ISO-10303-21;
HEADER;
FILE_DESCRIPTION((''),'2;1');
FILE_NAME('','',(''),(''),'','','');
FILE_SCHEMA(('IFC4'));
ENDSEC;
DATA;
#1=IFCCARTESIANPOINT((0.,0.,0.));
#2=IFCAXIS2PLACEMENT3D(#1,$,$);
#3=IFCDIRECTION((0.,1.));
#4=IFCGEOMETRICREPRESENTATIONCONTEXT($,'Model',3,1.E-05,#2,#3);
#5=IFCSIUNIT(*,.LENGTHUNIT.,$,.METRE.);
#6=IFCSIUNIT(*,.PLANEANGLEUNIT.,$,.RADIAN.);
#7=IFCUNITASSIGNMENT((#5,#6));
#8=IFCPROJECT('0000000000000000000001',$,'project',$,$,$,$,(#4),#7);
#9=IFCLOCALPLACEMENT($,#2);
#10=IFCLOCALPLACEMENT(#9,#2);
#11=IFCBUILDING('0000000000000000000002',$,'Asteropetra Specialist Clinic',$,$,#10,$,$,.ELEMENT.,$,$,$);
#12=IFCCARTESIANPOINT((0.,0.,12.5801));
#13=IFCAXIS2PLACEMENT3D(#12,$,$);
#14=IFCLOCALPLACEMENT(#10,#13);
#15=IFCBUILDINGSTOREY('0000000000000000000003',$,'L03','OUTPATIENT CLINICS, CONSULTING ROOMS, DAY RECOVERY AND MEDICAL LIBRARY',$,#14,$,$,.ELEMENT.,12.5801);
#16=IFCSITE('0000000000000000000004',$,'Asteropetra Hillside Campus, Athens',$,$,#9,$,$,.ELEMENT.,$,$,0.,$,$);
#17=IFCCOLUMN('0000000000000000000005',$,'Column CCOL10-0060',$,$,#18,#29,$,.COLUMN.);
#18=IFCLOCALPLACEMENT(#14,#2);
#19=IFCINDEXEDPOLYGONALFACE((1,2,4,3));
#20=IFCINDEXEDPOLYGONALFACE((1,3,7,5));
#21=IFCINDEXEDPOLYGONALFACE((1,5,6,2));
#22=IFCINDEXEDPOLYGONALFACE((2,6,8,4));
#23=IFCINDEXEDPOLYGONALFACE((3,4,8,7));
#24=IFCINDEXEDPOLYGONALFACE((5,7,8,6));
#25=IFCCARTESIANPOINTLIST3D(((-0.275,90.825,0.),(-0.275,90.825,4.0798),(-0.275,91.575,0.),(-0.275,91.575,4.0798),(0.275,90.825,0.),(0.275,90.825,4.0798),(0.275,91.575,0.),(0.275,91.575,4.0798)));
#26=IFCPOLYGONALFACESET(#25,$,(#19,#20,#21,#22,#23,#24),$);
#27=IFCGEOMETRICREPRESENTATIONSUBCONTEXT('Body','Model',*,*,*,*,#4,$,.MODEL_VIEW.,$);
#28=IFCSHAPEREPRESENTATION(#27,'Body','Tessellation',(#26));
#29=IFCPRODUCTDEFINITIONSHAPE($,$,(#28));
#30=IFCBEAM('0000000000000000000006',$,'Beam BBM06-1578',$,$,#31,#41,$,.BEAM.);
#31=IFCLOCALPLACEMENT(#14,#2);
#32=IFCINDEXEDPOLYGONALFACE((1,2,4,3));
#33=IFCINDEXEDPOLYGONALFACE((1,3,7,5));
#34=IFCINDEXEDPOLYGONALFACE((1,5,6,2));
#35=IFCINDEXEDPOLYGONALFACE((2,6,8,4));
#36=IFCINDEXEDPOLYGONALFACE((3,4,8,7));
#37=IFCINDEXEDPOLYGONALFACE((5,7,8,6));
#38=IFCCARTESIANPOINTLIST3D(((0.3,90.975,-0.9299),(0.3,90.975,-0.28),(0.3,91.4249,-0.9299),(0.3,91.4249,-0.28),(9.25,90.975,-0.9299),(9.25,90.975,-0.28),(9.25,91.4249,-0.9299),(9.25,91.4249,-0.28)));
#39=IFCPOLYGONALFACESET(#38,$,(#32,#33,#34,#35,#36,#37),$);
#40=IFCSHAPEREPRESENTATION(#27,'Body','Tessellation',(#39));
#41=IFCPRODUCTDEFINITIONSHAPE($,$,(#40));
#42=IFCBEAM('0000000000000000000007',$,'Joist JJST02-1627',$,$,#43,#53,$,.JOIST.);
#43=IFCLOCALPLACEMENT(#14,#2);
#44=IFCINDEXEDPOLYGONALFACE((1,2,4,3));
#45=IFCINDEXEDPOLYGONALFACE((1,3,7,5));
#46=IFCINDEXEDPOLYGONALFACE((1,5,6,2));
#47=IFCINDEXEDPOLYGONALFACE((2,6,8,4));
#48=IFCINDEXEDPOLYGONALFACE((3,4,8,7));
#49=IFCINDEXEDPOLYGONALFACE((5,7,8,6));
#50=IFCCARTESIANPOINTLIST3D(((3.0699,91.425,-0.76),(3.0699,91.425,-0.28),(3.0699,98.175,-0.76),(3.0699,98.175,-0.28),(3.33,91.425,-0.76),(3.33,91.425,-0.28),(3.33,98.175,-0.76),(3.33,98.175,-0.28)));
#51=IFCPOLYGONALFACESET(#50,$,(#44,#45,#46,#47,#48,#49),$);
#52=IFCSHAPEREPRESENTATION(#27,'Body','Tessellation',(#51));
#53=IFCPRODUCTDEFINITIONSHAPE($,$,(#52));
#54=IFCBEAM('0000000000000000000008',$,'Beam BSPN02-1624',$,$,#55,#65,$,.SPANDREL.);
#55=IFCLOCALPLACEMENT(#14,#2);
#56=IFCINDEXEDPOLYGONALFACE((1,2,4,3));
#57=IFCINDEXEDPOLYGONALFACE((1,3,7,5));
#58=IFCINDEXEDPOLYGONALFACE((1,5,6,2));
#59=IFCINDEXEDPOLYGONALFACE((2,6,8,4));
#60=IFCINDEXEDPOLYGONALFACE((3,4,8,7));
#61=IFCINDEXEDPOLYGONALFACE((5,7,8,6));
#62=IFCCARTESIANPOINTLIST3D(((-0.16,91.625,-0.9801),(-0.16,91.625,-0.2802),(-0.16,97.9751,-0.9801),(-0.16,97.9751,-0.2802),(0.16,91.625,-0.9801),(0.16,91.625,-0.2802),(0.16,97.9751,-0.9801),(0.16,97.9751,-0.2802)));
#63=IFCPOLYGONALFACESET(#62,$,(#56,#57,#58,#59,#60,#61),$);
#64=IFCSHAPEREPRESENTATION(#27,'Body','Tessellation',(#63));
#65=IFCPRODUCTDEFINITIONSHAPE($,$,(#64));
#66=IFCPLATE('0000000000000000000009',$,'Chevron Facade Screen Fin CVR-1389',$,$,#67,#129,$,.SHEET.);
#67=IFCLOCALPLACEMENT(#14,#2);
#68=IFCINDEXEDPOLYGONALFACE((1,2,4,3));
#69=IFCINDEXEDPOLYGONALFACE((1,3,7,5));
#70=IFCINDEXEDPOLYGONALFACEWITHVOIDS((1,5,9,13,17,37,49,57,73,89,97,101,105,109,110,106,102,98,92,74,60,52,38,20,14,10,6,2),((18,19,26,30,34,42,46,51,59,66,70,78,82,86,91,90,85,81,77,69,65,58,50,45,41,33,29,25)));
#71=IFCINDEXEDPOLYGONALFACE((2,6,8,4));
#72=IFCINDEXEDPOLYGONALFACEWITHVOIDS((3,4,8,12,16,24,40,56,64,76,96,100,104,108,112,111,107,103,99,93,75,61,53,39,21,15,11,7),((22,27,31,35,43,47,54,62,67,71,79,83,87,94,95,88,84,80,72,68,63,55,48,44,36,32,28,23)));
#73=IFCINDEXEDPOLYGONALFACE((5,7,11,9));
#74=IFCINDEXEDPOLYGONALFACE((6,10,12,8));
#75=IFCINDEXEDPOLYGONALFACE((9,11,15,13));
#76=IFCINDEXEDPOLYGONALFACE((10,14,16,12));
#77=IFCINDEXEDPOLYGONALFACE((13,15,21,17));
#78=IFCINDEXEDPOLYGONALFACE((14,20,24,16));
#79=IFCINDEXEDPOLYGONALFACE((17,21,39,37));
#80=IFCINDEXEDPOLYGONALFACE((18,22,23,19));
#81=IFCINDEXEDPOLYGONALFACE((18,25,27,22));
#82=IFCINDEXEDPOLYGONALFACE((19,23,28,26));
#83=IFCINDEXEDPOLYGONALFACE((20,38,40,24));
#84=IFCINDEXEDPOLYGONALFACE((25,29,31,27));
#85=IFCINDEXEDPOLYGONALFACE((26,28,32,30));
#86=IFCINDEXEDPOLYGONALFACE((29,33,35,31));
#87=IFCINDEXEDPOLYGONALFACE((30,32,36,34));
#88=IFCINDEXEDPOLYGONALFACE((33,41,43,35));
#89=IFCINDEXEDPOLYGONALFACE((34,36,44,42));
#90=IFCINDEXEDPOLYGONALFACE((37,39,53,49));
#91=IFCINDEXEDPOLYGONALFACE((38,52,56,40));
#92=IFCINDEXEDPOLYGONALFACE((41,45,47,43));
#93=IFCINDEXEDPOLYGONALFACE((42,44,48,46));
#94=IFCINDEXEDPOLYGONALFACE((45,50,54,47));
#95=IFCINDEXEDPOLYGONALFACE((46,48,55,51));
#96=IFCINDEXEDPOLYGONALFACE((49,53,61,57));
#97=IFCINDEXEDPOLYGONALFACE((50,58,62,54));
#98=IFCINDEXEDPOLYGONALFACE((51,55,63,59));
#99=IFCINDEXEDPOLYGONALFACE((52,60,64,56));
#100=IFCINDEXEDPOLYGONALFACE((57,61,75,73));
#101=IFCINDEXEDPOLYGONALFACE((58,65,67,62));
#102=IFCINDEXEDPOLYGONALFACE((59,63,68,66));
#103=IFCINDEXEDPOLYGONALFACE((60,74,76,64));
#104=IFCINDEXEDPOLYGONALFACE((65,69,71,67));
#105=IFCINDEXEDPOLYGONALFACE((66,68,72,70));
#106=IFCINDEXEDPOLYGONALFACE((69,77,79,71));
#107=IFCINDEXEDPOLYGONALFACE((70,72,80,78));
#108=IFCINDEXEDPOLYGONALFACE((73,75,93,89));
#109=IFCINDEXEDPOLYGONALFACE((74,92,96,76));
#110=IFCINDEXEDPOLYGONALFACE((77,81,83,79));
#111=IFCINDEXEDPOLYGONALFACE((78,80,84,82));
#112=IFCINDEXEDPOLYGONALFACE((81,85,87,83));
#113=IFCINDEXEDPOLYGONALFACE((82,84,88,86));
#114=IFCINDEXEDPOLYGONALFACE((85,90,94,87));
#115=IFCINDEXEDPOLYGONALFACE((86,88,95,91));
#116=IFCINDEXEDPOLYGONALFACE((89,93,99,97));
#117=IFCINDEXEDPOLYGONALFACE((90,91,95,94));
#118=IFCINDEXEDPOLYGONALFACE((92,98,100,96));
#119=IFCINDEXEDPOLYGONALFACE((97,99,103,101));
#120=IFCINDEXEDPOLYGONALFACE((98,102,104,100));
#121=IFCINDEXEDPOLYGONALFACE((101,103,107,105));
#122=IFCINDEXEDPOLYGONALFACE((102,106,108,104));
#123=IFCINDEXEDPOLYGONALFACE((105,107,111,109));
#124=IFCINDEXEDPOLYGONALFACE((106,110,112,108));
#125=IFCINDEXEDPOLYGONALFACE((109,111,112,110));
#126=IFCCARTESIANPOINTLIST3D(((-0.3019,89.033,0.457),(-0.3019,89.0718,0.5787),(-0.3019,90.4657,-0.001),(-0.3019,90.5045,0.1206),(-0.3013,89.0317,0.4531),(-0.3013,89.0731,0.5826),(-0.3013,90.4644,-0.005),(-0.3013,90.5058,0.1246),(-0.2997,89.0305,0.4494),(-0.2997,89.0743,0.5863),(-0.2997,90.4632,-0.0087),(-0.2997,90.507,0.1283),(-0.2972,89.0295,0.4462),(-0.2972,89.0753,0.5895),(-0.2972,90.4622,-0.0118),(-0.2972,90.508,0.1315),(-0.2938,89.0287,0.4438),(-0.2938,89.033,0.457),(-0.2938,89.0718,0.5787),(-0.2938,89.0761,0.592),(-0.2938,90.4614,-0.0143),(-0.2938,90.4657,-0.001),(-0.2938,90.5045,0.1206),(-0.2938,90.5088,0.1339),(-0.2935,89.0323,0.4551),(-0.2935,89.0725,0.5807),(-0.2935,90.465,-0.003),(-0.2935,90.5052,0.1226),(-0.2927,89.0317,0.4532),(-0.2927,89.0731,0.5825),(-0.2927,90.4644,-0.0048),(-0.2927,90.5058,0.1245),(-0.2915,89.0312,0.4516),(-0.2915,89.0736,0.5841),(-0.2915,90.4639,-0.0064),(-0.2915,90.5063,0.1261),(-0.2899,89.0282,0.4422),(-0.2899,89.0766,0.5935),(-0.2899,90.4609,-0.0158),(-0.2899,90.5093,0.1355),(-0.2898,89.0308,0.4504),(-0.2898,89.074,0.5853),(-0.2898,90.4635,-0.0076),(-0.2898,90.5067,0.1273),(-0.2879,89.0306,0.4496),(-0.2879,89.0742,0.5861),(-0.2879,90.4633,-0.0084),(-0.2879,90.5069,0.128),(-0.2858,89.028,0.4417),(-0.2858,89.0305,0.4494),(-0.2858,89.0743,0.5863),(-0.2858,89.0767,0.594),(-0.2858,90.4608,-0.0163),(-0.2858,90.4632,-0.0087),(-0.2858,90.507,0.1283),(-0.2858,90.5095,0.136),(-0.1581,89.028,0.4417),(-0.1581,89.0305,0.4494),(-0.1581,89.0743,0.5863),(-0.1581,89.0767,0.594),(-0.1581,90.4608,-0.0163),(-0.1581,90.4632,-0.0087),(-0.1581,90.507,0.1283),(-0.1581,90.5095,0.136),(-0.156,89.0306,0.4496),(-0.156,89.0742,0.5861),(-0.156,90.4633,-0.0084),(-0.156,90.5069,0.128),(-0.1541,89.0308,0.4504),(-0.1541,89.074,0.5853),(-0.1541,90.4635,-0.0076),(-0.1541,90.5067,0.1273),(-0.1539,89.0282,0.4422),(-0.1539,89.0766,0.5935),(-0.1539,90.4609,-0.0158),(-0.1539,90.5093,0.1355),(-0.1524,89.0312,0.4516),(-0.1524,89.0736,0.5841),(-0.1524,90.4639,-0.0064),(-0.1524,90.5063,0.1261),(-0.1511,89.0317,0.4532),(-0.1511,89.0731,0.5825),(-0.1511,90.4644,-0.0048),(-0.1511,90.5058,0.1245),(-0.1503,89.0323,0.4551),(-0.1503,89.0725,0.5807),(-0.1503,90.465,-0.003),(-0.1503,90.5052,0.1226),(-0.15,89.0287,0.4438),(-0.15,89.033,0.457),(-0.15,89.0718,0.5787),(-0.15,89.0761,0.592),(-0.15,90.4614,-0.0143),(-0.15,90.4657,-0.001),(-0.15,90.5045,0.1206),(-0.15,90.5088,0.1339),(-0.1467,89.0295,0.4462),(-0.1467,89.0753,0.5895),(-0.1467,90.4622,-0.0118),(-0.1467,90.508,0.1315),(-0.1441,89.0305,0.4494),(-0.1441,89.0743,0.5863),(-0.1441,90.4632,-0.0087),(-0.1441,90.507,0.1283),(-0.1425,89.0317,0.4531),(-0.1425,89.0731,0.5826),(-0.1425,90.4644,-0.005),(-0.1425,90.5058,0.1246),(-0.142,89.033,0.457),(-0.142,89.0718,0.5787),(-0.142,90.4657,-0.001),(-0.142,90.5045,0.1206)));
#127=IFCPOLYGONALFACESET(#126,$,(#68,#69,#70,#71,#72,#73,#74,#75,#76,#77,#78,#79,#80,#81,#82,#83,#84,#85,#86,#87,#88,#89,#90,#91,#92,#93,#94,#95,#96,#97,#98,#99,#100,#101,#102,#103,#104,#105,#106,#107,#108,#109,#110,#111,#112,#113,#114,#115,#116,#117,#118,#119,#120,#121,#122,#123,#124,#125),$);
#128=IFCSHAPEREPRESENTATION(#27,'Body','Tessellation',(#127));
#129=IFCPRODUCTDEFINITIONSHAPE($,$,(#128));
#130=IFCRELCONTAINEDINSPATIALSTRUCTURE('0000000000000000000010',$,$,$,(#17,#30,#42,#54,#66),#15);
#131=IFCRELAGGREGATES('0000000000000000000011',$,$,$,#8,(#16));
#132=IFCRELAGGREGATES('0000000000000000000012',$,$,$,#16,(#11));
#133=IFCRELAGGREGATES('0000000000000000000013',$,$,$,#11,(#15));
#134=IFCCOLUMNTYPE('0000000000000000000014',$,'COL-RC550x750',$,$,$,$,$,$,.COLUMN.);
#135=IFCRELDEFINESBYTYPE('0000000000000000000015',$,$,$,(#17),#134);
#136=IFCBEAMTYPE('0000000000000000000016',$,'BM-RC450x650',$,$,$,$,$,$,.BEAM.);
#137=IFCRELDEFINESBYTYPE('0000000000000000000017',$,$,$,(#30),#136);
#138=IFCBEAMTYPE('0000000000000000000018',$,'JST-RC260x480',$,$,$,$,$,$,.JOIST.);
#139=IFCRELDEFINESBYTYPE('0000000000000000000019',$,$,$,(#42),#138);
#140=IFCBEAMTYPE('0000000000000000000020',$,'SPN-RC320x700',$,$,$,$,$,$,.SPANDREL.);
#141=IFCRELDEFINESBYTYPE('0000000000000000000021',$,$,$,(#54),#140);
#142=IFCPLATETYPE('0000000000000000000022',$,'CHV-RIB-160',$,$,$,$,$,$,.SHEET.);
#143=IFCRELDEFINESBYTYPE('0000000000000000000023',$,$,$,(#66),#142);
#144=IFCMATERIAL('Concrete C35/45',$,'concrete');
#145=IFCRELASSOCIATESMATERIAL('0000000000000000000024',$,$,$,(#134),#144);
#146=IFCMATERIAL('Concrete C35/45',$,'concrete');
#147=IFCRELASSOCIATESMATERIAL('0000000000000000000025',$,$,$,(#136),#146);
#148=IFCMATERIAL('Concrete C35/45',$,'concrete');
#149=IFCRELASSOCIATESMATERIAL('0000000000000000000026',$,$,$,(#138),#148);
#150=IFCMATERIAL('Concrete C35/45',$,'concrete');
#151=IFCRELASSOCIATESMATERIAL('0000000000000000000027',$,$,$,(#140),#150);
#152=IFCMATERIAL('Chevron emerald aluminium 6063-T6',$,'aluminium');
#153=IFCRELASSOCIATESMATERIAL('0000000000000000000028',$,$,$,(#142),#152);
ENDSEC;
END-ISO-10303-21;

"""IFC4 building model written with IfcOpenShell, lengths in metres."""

from ifc_helpers import new_model, si_unit, direction, frame, origin, origin_2d, place, context, subcontext, project, spatial, rectangle, hollow_rectangle, extrude, material, material_profile, profile_set, type_object, element, save


model = new_model("IFC4")

# Units and contexts
model_context = context("Model", 3, precision=1e-05, world=origin(), true_north=direction((0.0, 1.0)))
body_context = subcontext(model_context, "Body", "Model", "MODEL_VIEW")
ifc_project = project(units=[si_unit("LENGTHUNIT", "METRE"), si_unit("PLANEANGLEUNIT", "RADIAN")], contexts=[model_context])

# Site, building, storey
site_placement = place(None, origin())
site = spatial("IfcSite", under=ifc_project, at=site_placement, Name="Asteropetra Hillside Campus, Athens", CompositionType="ELEMENT", RefElevation=0.0)
building_placement = place(site_placement, origin())
building = spatial("IfcBuilding", under=site, at=building_placement, Name="Asteropetra Specialist Clinic", CompositionType="ELEMENT")
storey_placement = place(building_placement, frame((0.0, 0.0, 12.5801)))
storey = spatial("IfcBuildingStorey", under=building, at=storey_placement, Name="L03", Description="OUTPATIENT CLINICS, CONSULTING ROOMS, DAY RECOVERY AND MEDICAL LIBRARY", CompositionType="ELEMENT", Elevation=12.5801)

# Column
ifc_material_1 = material(Name="Concrete C35/45", Category="concrete")
ifc_material_profile_1 = material_profile(ifc_material_1, rectangle(XDim=0.55, YDim=0.75, at=origin_2d()), Name="RC 550x750")
ifc_profile_set_1 = profile_set([ifc_material_profile_1], Name="Concrete C35/45")
column_type = type_object("IfcColumnType", Name="COL-RC550x750", PredefinedType="COLUMN", material=ifc_profile_set_1)
column_placement = place(storey_placement, frame((0.0, 91.2, 0.0), z_axis=(0.0, 0.0, 1.0), x_axis=(1.0, 0.0, 0.0)))
element("IfcColumn", 1, at=column_placement, inside=storey, type_object=column_type, Name="Column CCOL10-0060", PredefinedType="COLUMN", context=body_context, shape_type="SweptSolid", body=[
    extrude(rectangle(XDim=0.55, YDim=0.75, at=origin_2d()), origin(), (0.0, 0.0, 1.0), 4.0798),
])

# Beams
ifc_material_2 = material(Name="Concrete C35/45", Category="concrete")
ifc_material_profile_2 = material_profile(ifc_material_2, rectangle(XDim=0.45, YDim=0.6499, at=origin_2d()), Name="RCB 450x650")
ifc_profile_set_2 = profile_set([ifc_material_profile_2], Name="Concrete C35/45")
beam_type_1 = type_object("IfcBeamType", Name="BM-RC450x650", PredefinedType="BEAM", material=ifc_profile_set_2)
beam_1_placement = place(storey_placement, frame((0.3, 91.2, -0.605), z_axis=(1.0, 0.0, 0.0), x_axis=(0.0, 1.0, 0.0)))
element("IfcBeam", 2, at=beam_1_placement, inside=storey, type_object=beam_type_1, Name="Beam BBM06-1578", PredefinedType="BEAM", context=body_context, shape_type="SweptSolid", body=[
    extrude(rectangle(XDim=0.45, YDim=0.6499, at=origin_2d()), origin(), (0.0, 0.0, 1.0), 8.95),
])
ifc_material_3 = material(Name="Concrete C35/45", Category="concrete")
ifc_material_profile_3 = material_profile(ifc_material_3, rectangle(XDim=0.26, YDim=0.48, at=origin_2d()), Name="RCJ 260x480")
ifc_profile_set_3 = profile_set([ifc_material_profile_3], Name="Concrete C35/45")
beam_type_2 = type_object("IfcBeamType", Name="JST-RC260x480", PredefinedType="JOIST", material=ifc_profile_set_3)
beam_2_placement = place(storey_placement, frame((3.2, 91.425, -0.52), z_axis=(0.0, 1.0, 0.0), x_axis=(-1.0, 0.0, 0.0)))
element("IfcBeam", 3, at=beam_2_placement, inside=storey, type_object=beam_type_2, Name="Joist JJST02-1627", PredefinedType="JOIST", context=body_context, shape_type="SweptSolid", body=[
    extrude(rectangle(XDim=0.26, YDim=0.48, at=origin_2d()), origin(), (0.0, 0.0, 1.0), 6.75),
])
ifc_material_4 = material(Name="Concrete C35/45", Category="concrete")
ifc_material_profile_4 = material_profile(ifc_material_4, rectangle(XDim=0.3201, YDim=0.7, at=origin_2d()), Name="RCS 320x700")
ifc_profile_set_4 = profile_set([ifc_material_profile_4], Name="Concrete C35/45")
beam_type_3 = type_object("IfcBeamType", Name="SPN-RC320x700", PredefinedType="SPANDREL", material=ifc_profile_set_4)
beam_3_placement = place(storey_placement, frame((0.0, 91.625, -0.6301), z_axis=(0.0, 1.0, 0.0), x_axis=(-1.0, 0.0, 0.0)))
element("IfcBeam", 4, at=beam_3_placement, inside=storey, type_object=beam_type_3, Name="Beam BSPN02-1624", PredefinedType="SPANDREL", context=body_context, shape_type="SweptSolid", body=[
    extrude(rectangle(XDim=0.3201, YDim=0.7, at=origin_2d()), origin(), (0.0, 0.0, 1.0), 6.3501),
])

# Plate
ifc_material_5 = material(Name="Chevron emerald aluminium 6063-T6", Category="aluminium")
ifc_material_profile_5 = material_profile(ifc_material_5, hollow_rectangle(XDim=0.1599, YDim=0.1599, WallThickness=0.0081, InnerFilletRadius=0.0081, OuterFilletRadius=0.0161, at=origin_2d()), Name="SHS 160x160x8.0")
ifc_profile_set_5 = profile_set([ifc_material_profile_5], Name="Chevron emerald aluminium 6063-T6")
plate_type_1 = type_object("IfcPlateType", Name="CHV-RIB-160", PredefinedType="SHEET", material=ifc_profile_set_5)
plate_1_placement = place(storey_placement, frame((-0.2219, 90.4851, 0.0598), z_axis=(0.0, -0.952507, 0.304517), x_axis=(1.0, 0.0, 0.0)))
element("IfcPlate", 5, at=plate_1_placement, inside=storey, type_object=plate_type_1, Name="Chevron Facade Screen Fin CVR-1389", PredefinedType="SHEET", context=body_context, shape_type="SweptSolid", body=[
    extrude(hollow_rectangle(XDim=0.1599, YDim=0.1599, WallThickness=0.0081, InnerFilletRadius=0.0081, OuterFilletRadius=0.0161, at=origin_2d()), origin(), (0.0, 0.0, 1.0), 1.5042),
])

save(model, "model.ifc")
